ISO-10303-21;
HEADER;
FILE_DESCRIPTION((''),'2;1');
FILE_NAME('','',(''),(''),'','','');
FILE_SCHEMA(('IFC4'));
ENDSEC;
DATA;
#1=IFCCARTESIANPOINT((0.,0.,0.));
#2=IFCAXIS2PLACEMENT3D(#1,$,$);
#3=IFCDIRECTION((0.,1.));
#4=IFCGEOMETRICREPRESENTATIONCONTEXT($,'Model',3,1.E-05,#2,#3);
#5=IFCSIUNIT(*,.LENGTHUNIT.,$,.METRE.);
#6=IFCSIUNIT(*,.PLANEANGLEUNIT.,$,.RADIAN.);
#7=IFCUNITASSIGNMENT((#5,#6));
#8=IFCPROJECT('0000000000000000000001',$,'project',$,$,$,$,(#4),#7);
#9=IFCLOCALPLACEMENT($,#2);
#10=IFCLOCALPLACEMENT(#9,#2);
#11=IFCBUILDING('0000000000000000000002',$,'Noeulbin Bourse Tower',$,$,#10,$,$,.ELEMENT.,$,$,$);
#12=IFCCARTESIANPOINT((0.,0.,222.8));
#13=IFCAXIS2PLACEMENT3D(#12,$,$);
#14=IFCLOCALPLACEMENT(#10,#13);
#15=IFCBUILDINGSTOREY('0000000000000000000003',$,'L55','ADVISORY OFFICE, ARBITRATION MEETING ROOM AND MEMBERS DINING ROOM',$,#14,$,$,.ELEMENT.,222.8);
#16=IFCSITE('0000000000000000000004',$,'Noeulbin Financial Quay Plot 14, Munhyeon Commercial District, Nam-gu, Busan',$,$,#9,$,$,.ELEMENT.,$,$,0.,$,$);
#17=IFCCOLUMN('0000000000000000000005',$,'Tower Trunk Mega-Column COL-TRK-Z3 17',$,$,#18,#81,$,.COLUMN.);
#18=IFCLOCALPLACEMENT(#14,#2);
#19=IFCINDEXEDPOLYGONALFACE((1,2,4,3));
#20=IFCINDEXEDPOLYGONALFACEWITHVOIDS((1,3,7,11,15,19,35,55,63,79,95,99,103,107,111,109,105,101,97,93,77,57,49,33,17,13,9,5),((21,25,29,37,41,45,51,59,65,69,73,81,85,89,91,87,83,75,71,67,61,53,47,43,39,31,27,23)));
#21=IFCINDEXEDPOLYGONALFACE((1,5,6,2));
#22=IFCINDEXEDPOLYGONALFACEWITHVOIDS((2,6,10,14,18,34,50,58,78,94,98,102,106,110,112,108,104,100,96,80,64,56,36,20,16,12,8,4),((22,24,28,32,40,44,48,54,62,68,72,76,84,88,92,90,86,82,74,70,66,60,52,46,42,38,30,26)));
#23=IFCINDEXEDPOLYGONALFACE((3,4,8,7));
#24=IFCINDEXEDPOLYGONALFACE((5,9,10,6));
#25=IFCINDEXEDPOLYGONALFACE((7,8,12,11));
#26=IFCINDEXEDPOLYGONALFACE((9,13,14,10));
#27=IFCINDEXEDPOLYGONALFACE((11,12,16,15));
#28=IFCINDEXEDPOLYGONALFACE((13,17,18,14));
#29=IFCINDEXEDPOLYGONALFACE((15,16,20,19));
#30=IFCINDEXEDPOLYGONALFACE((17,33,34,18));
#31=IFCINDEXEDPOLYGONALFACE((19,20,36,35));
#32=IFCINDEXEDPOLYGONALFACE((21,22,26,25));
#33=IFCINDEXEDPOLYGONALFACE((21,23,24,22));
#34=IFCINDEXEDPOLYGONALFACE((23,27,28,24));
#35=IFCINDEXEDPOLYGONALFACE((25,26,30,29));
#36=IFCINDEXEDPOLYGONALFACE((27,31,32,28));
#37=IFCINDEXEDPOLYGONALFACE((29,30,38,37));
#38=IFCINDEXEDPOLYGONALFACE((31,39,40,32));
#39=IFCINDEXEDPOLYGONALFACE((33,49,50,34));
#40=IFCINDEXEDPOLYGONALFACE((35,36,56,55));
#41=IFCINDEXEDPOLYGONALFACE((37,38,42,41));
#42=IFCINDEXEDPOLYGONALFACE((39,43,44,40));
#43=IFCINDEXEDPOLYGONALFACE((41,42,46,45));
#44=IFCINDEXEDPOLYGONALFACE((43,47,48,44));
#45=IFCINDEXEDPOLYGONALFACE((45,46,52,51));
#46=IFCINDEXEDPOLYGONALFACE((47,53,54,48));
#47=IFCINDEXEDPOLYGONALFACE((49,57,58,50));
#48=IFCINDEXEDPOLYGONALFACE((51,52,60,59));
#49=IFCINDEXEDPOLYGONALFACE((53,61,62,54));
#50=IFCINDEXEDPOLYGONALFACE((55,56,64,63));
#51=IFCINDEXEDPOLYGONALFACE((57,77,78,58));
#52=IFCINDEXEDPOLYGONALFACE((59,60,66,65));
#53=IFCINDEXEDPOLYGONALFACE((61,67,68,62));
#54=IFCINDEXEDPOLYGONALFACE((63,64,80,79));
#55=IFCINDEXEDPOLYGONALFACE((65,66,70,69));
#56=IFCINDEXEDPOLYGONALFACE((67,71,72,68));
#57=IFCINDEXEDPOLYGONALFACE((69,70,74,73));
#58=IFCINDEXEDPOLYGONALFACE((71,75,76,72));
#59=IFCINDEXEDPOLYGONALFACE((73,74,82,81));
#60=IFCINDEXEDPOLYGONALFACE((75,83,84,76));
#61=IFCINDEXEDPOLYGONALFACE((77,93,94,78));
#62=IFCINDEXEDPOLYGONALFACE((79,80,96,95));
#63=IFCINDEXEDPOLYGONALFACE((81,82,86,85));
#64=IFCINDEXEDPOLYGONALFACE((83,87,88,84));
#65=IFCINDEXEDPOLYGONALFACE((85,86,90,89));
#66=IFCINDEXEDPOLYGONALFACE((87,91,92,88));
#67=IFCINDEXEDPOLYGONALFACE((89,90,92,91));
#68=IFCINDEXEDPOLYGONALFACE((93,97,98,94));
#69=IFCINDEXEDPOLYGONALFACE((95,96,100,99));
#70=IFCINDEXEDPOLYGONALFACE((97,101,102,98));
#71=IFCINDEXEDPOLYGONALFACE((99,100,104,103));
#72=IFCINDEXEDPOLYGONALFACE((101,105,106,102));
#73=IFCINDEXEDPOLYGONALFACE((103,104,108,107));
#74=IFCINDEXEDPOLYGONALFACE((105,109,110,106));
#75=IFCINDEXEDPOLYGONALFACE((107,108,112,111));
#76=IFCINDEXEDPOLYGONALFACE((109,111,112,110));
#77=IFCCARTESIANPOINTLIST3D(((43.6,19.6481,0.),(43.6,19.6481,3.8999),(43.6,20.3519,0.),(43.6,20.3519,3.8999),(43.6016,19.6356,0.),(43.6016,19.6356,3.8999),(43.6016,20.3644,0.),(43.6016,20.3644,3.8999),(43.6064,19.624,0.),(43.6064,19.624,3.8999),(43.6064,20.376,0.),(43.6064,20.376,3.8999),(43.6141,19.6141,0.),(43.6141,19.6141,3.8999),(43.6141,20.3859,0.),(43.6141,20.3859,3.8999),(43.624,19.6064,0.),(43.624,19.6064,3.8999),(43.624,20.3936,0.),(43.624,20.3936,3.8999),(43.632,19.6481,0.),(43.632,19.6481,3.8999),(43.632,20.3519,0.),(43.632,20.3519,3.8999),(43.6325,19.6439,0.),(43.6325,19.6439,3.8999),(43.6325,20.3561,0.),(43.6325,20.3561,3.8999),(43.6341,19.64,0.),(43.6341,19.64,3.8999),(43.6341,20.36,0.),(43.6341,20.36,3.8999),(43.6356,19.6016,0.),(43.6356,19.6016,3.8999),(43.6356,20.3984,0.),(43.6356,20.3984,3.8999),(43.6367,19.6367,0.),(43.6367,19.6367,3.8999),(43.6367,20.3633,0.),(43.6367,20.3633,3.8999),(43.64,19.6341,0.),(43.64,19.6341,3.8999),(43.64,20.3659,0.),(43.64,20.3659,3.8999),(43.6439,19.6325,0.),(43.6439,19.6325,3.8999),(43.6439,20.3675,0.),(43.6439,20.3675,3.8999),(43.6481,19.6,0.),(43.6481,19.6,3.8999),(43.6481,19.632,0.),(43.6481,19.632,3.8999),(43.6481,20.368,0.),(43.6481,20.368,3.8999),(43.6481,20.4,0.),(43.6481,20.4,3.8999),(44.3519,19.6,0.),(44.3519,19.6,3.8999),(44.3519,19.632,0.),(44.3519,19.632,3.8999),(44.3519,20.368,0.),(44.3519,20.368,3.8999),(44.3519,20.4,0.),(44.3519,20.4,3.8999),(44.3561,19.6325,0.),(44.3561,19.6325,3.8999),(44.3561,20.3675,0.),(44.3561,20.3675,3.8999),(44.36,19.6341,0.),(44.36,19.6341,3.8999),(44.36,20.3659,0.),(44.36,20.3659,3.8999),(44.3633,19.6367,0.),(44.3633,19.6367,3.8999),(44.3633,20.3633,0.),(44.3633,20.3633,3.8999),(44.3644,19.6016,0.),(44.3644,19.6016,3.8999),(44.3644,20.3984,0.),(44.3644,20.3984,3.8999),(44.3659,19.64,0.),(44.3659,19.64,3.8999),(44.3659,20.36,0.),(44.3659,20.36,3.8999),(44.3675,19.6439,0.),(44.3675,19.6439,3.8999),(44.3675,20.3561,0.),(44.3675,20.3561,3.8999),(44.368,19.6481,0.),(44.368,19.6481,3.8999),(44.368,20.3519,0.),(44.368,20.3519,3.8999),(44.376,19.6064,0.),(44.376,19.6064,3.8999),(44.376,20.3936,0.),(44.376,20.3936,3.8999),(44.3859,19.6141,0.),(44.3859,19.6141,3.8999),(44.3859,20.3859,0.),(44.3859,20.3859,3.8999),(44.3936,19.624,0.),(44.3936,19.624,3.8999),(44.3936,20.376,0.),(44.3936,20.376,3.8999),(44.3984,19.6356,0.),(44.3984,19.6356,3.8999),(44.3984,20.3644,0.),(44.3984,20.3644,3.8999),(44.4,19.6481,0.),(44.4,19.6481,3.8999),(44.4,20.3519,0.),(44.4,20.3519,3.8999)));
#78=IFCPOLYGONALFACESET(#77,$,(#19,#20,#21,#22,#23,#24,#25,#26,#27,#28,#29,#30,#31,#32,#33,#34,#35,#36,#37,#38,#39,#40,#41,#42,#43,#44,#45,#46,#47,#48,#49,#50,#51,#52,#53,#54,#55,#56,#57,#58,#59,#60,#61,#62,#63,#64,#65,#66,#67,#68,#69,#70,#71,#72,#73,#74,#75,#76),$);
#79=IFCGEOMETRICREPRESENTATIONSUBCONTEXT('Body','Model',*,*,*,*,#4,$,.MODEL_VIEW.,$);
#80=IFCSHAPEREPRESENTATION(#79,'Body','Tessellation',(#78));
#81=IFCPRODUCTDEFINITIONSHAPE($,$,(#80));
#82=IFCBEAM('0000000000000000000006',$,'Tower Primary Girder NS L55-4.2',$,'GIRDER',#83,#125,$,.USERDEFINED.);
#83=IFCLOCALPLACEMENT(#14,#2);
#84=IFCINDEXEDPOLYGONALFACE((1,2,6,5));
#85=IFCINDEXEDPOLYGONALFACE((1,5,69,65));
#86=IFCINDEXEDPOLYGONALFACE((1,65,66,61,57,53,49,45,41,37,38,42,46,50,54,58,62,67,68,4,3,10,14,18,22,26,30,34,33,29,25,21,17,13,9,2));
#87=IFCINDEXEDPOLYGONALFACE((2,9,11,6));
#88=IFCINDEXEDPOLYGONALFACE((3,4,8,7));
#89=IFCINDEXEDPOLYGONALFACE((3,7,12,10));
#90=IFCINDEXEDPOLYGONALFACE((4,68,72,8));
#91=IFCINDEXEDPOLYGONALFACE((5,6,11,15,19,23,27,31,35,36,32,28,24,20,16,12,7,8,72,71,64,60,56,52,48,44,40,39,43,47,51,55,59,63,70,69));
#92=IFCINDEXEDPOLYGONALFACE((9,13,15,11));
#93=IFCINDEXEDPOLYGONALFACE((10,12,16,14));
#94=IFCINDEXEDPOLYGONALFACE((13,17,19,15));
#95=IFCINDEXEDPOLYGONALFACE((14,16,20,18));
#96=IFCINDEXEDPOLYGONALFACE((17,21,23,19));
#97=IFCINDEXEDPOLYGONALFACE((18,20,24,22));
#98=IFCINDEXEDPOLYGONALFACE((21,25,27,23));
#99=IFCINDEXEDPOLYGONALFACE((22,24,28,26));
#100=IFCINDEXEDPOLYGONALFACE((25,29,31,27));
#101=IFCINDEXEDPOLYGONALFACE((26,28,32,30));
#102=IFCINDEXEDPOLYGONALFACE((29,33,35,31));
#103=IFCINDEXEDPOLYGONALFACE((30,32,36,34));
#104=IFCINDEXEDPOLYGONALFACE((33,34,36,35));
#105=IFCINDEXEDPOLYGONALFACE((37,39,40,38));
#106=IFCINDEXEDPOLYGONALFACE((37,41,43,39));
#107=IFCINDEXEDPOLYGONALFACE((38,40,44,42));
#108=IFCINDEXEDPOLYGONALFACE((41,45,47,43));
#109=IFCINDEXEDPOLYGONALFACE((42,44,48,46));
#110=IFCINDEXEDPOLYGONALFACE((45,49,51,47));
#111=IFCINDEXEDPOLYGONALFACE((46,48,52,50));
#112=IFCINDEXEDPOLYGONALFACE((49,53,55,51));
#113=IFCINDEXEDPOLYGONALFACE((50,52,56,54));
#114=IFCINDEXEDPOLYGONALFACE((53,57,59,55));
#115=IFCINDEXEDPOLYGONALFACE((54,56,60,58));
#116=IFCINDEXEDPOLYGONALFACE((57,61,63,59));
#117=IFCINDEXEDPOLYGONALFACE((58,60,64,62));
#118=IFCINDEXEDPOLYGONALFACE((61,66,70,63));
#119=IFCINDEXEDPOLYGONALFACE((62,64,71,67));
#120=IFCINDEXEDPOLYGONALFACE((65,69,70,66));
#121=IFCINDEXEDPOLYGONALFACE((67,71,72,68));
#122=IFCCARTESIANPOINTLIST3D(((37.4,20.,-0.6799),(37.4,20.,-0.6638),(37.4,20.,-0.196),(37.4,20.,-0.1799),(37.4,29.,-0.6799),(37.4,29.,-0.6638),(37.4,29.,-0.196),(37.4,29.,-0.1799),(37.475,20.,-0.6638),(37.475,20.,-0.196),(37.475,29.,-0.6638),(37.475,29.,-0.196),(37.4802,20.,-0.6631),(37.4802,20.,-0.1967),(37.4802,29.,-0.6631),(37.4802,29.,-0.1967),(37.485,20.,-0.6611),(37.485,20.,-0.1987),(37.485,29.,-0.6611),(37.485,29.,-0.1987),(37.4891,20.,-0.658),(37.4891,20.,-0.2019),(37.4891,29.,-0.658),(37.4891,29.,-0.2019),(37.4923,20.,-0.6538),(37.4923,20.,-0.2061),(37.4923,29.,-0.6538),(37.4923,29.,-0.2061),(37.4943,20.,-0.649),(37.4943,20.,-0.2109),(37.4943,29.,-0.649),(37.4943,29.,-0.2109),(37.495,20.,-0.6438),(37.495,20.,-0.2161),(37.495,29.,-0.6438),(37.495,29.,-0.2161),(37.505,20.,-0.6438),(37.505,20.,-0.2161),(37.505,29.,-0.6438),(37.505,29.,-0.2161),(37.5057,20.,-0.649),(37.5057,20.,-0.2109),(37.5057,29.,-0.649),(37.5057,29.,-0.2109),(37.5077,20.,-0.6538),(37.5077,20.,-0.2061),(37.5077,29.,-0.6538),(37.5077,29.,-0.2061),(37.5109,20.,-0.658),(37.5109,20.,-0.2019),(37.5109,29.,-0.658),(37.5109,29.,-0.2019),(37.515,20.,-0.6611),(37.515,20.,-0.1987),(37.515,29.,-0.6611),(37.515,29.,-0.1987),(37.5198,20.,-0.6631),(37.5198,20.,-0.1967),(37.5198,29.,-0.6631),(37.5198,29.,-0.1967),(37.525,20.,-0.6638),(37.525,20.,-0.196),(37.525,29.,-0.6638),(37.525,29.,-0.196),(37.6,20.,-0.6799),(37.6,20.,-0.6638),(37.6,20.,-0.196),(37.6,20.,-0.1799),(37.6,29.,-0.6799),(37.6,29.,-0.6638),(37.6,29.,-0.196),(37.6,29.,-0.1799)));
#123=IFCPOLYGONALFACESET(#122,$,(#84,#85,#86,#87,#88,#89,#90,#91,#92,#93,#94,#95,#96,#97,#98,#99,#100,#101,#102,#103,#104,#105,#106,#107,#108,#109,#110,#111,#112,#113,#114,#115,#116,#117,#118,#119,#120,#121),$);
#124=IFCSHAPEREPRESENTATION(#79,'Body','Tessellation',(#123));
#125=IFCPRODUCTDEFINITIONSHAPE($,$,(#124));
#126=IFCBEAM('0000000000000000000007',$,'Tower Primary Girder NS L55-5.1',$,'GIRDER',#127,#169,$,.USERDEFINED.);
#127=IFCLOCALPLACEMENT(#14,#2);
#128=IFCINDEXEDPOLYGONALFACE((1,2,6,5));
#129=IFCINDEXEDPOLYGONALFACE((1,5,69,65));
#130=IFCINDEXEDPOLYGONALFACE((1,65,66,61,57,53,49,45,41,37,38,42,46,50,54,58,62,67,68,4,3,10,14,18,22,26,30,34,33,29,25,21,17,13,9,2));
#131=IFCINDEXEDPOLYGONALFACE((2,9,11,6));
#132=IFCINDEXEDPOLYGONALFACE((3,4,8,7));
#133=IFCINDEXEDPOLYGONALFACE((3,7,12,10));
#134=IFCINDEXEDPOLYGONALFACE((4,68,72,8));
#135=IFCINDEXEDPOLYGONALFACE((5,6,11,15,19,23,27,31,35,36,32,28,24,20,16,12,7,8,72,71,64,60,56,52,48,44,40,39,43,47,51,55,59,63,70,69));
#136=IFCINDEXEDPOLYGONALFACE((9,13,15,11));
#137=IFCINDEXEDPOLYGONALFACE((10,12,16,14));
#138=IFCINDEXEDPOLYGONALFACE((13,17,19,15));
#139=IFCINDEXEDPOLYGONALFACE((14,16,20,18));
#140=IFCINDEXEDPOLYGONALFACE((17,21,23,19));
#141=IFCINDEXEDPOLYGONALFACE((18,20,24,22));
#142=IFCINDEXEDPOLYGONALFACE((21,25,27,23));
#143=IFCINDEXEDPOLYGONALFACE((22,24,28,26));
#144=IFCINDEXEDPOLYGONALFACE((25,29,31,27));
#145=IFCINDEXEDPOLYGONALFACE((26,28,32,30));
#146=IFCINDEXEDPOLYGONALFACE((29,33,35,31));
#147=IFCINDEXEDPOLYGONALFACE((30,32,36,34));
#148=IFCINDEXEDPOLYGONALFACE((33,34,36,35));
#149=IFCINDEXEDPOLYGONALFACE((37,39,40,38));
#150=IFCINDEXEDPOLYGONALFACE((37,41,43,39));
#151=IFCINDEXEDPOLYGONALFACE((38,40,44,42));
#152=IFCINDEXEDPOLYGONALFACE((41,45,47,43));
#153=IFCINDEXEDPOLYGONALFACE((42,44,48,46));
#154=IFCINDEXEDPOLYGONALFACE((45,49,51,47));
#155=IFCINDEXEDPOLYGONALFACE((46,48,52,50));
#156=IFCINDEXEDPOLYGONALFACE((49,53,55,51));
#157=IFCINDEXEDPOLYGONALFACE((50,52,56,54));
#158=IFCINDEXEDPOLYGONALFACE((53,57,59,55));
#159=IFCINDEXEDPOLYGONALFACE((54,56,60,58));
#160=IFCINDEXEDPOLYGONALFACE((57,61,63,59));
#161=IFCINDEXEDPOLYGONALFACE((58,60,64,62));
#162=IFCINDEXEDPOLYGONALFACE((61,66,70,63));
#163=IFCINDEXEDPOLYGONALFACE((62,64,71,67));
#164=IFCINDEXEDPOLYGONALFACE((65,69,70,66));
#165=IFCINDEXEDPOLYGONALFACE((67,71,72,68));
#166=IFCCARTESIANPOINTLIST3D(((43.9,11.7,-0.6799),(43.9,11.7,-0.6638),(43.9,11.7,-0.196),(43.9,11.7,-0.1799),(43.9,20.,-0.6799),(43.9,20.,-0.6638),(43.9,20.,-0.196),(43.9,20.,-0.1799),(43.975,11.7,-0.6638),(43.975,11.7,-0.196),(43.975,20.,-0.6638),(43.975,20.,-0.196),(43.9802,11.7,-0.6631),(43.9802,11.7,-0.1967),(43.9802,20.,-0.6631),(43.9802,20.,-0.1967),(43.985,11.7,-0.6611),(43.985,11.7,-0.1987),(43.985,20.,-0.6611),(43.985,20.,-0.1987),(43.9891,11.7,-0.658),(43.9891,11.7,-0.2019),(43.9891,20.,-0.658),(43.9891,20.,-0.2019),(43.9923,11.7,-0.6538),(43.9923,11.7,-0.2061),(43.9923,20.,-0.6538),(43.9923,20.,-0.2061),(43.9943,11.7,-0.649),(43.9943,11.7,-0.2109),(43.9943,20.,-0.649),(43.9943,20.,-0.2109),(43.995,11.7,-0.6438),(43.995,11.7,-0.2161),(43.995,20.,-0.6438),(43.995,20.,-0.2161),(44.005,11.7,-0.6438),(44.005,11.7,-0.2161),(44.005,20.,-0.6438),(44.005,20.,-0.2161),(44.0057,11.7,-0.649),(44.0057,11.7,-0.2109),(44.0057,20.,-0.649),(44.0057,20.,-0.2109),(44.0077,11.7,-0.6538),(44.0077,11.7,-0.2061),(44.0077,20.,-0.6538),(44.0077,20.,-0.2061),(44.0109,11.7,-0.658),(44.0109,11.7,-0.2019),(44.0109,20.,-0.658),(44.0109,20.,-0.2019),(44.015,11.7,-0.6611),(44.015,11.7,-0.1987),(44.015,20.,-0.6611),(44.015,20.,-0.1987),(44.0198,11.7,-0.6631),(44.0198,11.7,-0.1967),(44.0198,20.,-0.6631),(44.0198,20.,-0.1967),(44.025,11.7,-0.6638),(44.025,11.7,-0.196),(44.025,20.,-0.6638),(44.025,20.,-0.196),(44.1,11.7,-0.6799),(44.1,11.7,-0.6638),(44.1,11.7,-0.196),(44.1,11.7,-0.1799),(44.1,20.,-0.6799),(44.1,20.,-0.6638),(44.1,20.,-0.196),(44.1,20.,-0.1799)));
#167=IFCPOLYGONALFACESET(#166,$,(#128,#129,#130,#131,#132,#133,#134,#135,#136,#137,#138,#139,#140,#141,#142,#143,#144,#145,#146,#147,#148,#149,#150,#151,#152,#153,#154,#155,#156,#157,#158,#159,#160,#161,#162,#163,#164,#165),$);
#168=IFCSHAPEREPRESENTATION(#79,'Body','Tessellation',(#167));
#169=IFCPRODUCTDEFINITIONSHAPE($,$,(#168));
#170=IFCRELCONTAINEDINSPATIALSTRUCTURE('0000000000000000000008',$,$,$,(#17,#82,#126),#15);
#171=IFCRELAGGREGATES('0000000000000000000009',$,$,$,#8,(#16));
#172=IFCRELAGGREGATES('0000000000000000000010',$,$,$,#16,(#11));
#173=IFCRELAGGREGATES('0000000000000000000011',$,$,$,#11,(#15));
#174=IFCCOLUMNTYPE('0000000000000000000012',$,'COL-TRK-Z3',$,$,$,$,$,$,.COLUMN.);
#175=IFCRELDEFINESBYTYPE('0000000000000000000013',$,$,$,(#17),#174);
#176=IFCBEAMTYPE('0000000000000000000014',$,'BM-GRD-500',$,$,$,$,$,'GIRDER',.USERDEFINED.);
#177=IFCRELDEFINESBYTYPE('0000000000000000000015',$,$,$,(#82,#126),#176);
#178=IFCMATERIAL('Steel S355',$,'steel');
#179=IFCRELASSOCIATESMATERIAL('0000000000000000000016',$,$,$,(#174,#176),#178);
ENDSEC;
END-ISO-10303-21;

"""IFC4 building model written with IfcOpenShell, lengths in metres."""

from ifc_helpers import new_model, si_unit, direction, frame, origin, origin_2d, place, context, subcontext, project, spatial, hollow_rectangle, i_section, extrude, material, material_profile, profile_set, type_object, element, save


model = new_model("IFC4")

# Units and contexts
model_context = context("Model", 3, precision=1e-05, world=origin(), true_north=direction((0.0, 1.0)))
body_context = subcontext(model_context, "Body", "Model", "MODEL_VIEW")
ifc_project = project(units=[si_unit("LENGTHUNIT", "METRE"), si_unit("PLANEANGLEUNIT", "RADIAN")], contexts=[model_context])

# Site, building, storey
site_placement = place(None, origin())
site = spatial("IfcSite", under=ifc_project, at=site_placement, Name="Noeulbin Financial Quay Plot 14, Munhyeon Commercial District, Nam-gu, Busan", CompositionType="ELEMENT", RefElevation=0.0)
building_placement = place(site_placement, origin())
building = spatial("IfcBuilding", under=site, at=building_placement, Name="Noeulbin Bourse Tower", CompositionType="ELEMENT")
storey_placement = place(building_placement, frame((0.0, 0.0, 222.8)))
storey = spatial("IfcBuildingStorey", under=building, at=storey_placement, Name="L55", Description="ADVISORY OFFICE, ARBITRATION MEETING ROOM AND MEMBERS DINING ROOM", CompositionType="ELEMENT", Elevation=222.8)

# Column
ifc_material_1 = material(Name="Steel S355", Category="steel")
ifc_material_profile_1 = material_profile(ifc_material_1, hollow_rectangle(XDim=0.8, YDim=0.8, WallThickness=0.032, InnerFilletRadius=0.0161, OuterFilletRadius=0.0481, at=origin_2d()), Name="BOX-800x800x32", Category="LoadBearing")
ifc_profile_set_1 = profile_set([ifc_material_profile_1], Name="Steel S355")
column_type_1 = type_object("IfcColumnType", Name="COL-TRK-Z3", PredefinedType="COLUMN", material=ifc_profile_set_1)
column_placement = place(storey_placement, frame((44.0, 20.0, 0.0), z_axis=(0.0, 0.0, 1.0), x_axis=(1.0, 0.0, 0.0)))
element("IfcColumn", 1, at=column_placement, inside=storey, type_object=column_type_1, Name="Tower Trunk Mega-Column COL-TRK-Z3 17", PredefinedType="COLUMN", context=body_context, shape_type="SweptSolid", body=[
    extrude(hollow_rectangle(XDim=0.8, YDim=0.8, WallThickness=0.032, InnerFilletRadius=0.0161, OuterFilletRadius=0.0481, at=origin_2d()), origin(), (0.0, 0.0, 1.0), 3.8999),
])

# Beams
ifc_material_profile_2 = material_profile(ifc_material_1, i_section(OverallWidth=0.2, OverallDepth=0.5, WebThickness=0.01, FlangeThickness=0.0161, FilletRadius=0.02, at=origin_2d()), Name="H-500x200x10x16", Category="LoadBearing")
ifc_profile_set_2 = profile_set([ifc_material_profile_2], Name="Steel S355")
beam_type_1 = type_object("IfcBeamType", Name="BM-GRD-500", ElementType="GIRDER", PredefinedType="USERDEFINED", material=ifc_profile_set_2)
beam_1_placement = place(storey_placement, frame((37.5, 20.0, -0.4299), z_axis=(0.0, 1.0, 0.0), x_axis=(-1.0, 0.0, 0.0)))
element("IfcBeam", 2, at=beam_1_placement, inside=storey, type_object=beam_type_1, Name="Tower Primary Girder NS L55-4.2", ObjectType="GIRDER", PredefinedType="USERDEFINED", context=body_context, shape_type="SweptSolid", body=[
    extrude(i_section(OverallWidth=0.2, OverallDepth=0.5, WebThickness=0.01, FlangeThickness=0.0161, FilletRadius=0.02, at=origin_2d()), origin(), (0.0, 0.0, 1.0), 9.0),
])
beam_2_placement = place(storey_placement, frame((44.0, 11.7, -0.4299), z_axis=(0.0, 1.0, 0.0), x_axis=(-1.0, 0.0, 0.0)))
element("IfcBeam", 3, at=beam_2_placement, inside=storey, type_object=beam_type_1, Name="Tower Primary Girder NS L55-5.1", ObjectType="GIRDER", PredefinedType="USERDEFINED", context=body_context, shape_type="SweptSolid", body=[
    extrude(i_section(OverallWidth=0.2, OverallDepth=0.5, WebThickness=0.01, FlangeThickness=0.0161, FilletRadius=0.02, at=origin_2d()), origin(), (0.0, 0.0, 1.0), 8.3),
])

save(model, "model.ifc")
